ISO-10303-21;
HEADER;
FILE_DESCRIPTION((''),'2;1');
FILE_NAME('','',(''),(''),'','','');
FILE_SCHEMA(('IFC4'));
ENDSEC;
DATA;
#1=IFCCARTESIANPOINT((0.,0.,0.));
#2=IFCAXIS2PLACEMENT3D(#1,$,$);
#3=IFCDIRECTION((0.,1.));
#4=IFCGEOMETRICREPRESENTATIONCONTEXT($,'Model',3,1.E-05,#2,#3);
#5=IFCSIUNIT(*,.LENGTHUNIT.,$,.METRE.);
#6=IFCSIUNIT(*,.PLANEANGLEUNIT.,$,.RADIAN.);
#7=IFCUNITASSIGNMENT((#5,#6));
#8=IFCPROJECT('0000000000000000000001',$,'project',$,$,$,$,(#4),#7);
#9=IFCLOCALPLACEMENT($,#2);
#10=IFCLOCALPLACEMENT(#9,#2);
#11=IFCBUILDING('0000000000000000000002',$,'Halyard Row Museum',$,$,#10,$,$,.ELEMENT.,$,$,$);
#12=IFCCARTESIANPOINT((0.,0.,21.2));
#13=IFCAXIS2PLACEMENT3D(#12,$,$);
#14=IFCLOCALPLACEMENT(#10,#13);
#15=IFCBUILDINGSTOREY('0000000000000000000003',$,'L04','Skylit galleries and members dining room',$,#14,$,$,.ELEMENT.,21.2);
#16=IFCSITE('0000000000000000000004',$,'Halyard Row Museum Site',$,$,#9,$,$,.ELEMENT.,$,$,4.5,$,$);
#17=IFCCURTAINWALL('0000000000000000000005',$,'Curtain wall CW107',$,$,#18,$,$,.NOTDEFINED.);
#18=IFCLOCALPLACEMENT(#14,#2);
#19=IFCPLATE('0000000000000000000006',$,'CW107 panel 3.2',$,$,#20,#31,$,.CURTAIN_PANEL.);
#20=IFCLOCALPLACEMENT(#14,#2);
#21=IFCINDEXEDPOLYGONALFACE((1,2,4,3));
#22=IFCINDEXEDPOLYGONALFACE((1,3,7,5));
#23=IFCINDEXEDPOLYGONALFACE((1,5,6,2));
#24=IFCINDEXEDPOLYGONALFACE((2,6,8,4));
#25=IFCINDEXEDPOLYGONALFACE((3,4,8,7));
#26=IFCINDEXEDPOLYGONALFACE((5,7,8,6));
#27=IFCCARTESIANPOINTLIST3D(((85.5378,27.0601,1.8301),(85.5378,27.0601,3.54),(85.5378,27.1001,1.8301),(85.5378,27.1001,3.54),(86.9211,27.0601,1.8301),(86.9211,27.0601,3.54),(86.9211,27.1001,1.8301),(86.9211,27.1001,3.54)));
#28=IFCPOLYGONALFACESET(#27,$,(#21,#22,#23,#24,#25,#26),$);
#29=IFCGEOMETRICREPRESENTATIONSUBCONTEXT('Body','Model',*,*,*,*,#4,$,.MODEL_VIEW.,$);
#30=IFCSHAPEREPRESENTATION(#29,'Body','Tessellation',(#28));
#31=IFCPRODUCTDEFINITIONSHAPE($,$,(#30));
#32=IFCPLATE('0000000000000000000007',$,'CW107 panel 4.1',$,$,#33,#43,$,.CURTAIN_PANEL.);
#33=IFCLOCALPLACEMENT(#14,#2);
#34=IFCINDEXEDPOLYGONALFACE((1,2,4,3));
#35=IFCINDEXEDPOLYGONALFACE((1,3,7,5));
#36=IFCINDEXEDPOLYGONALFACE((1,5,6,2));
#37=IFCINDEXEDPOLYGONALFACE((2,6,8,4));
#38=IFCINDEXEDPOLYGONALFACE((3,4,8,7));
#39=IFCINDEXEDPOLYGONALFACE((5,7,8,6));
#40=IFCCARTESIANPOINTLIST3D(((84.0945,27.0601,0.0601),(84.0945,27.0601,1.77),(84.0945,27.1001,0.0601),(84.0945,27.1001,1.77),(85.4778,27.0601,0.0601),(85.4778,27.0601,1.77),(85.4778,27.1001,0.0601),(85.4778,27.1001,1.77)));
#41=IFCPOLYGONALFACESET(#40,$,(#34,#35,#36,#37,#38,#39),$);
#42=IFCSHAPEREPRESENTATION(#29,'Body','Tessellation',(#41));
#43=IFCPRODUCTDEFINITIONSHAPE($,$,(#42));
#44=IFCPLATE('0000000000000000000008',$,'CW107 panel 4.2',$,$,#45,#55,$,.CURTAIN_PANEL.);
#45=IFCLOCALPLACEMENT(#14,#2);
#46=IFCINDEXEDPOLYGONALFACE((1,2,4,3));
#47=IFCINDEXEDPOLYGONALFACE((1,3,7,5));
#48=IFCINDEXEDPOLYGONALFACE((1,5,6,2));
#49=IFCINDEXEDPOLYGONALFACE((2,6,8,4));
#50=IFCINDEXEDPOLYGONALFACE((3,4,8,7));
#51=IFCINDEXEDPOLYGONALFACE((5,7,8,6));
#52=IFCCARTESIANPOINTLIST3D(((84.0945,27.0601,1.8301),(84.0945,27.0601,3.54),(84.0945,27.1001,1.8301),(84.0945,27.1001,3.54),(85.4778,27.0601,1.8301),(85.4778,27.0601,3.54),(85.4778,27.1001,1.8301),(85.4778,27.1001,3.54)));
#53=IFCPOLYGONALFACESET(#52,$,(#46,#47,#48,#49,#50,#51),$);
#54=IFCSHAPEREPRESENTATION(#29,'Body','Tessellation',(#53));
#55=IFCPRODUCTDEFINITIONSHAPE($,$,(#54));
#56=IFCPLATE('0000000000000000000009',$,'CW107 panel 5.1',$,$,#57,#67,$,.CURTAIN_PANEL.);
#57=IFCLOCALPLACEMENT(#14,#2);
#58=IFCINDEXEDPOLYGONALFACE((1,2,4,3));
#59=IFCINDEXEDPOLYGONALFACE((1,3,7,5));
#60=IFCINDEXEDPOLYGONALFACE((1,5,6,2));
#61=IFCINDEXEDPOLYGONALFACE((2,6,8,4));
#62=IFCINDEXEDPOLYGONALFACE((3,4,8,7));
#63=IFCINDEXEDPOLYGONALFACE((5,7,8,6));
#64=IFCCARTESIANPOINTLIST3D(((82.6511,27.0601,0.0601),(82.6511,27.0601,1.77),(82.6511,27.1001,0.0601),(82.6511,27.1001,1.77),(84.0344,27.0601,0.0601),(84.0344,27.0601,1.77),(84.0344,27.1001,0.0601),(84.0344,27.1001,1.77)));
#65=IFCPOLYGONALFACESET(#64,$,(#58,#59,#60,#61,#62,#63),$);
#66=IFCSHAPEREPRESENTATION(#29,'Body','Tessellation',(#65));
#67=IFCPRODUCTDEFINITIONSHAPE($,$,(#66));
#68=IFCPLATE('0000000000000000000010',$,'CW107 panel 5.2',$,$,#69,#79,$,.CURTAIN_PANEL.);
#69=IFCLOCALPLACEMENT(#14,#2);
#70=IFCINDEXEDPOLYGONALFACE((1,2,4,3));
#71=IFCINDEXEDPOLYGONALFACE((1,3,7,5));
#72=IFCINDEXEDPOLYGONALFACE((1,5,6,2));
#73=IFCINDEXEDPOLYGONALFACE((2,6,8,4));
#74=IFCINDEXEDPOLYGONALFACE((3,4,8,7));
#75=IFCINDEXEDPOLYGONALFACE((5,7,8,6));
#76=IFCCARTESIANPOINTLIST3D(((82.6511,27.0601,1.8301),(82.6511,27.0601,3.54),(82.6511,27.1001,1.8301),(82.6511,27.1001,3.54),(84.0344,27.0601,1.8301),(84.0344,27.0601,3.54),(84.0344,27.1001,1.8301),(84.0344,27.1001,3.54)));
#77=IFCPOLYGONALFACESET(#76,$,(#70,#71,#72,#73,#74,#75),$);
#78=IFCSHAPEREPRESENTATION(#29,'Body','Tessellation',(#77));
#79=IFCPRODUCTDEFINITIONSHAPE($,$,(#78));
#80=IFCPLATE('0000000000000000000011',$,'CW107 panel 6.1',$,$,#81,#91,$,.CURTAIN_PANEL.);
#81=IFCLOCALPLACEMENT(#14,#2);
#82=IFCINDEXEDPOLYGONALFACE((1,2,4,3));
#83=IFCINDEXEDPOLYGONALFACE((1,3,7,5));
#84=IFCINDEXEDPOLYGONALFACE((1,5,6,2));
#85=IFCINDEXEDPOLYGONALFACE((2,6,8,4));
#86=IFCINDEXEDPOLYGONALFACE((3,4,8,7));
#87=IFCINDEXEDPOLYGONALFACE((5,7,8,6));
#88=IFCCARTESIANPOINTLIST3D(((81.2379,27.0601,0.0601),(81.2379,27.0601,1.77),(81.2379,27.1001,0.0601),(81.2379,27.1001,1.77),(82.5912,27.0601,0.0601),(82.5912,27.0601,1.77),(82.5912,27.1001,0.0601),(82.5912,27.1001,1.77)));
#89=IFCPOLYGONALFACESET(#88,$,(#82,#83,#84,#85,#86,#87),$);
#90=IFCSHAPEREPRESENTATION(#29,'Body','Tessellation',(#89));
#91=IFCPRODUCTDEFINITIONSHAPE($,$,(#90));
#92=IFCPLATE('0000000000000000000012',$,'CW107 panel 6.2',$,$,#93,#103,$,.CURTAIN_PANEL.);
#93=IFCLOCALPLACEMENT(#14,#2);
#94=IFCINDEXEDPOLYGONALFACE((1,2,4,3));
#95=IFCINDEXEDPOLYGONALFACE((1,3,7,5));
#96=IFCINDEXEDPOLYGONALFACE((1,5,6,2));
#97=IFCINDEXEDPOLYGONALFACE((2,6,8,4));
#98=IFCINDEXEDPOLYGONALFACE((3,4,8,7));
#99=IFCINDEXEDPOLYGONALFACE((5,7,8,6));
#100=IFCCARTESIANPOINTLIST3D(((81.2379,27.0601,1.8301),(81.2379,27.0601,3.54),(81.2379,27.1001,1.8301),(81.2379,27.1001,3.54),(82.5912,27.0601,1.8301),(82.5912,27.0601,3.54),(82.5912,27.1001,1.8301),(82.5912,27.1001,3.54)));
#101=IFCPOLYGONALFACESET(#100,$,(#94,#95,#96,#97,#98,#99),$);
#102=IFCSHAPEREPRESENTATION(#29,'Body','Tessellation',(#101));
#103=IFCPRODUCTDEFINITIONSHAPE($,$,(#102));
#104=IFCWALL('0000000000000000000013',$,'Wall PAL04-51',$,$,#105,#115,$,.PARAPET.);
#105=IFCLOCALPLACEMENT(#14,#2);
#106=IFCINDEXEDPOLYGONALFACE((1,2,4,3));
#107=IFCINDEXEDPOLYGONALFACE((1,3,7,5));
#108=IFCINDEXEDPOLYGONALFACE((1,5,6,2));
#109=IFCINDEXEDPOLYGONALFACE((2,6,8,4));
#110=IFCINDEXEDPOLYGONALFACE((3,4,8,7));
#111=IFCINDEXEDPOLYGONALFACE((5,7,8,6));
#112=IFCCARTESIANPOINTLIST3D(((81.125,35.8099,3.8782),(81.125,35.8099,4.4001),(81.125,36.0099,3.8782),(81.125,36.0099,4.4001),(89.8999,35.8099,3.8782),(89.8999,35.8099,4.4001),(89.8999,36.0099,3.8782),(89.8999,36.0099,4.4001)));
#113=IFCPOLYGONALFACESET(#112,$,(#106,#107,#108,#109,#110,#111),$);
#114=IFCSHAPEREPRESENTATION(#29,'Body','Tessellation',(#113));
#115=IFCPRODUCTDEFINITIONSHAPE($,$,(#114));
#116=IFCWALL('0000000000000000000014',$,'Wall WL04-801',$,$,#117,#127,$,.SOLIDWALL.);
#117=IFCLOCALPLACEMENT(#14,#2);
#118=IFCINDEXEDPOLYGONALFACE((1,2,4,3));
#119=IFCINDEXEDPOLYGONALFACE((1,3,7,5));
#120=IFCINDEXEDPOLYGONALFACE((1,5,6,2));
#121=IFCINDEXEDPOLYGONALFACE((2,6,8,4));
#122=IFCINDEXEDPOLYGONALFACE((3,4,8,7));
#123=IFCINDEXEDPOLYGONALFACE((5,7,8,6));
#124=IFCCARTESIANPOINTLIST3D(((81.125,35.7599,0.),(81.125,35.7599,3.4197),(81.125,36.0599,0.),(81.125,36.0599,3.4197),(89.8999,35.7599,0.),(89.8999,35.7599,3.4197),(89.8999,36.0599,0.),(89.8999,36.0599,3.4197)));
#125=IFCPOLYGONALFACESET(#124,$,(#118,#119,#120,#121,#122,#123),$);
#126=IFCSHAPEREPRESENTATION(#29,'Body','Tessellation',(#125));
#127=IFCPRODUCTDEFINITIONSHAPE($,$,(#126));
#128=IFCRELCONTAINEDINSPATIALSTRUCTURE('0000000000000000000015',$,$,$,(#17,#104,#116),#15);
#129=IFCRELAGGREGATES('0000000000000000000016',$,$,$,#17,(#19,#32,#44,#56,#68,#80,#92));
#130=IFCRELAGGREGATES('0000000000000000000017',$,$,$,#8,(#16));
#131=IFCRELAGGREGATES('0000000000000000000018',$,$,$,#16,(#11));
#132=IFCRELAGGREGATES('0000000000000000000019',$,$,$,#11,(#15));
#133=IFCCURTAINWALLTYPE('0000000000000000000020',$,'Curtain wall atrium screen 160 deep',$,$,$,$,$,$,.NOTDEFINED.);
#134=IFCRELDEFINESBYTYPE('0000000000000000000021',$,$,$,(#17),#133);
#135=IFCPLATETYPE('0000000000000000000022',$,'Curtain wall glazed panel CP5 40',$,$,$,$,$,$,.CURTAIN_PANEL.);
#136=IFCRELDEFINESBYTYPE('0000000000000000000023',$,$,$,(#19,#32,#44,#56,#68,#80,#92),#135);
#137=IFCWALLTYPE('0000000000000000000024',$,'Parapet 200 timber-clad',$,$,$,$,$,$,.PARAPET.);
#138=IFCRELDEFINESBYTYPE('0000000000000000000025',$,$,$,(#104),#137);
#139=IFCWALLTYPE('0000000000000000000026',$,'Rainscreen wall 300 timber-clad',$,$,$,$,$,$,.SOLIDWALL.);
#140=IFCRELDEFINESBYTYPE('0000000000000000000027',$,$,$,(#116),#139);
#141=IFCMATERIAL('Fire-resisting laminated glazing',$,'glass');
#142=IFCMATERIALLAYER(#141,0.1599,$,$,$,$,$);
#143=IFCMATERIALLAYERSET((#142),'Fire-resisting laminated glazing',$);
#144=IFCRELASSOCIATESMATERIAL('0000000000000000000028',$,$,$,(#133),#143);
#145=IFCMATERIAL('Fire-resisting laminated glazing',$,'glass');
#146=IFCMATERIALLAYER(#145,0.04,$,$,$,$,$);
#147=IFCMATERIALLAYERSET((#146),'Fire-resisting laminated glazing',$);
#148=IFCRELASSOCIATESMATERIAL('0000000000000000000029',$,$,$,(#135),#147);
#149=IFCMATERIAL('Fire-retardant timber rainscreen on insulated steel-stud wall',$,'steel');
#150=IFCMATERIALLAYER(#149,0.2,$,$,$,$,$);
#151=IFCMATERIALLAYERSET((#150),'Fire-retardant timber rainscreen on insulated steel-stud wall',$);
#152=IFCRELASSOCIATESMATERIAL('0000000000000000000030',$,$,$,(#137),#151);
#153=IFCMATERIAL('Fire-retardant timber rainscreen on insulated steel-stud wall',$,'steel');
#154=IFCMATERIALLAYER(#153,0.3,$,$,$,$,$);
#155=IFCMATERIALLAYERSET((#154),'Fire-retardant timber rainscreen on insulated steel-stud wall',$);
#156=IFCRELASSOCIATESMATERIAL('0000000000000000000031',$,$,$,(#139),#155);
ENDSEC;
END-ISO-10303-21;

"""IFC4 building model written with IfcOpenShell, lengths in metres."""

from ifc_helpers import new_model, si_unit, direction, frame, frame_2d, origin, origin_2d, place, context, subcontext, project, spatial, rectangle, extrude, material, layer, layer_set, type_object, element, aggregate, save


model = new_model("IFC4")

# Units and contexts
model_context = context("Model", 3, precision=1e-05, world=origin(), true_north=direction((0.0, 1.0)))
body_context = subcontext(model_context, "Body", "Model", "MODEL_VIEW")
ifc_project = project(units=[si_unit("LENGTHUNIT", "METRE"), si_unit("PLANEANGLEUNIT", "RADIAN")], contexts=[model_context])

# Site, building, storey
site_placement = place(None, origin())
site = spatial("IfcSite", under=ifc_project, at=site_placement, Name="Halyard Row Museum Site", CompositionType="ELEMENT", RefElevation=4.5)
building_placement = place(site_placement, origin())
building = spatial("IfcBuilding", under=site, at=building_placement, Name="Halyard Row Museum", CompositionType="ELEMENT")
storey_placement = place(building_placement, frame((0.0, 0.0, 21.2)))
storey = spatial("IfcBuildingStorey", under=building, at=storey_placement, Name="L04", Description="Skylit galleries and members dining room", CompositionType="ELEMENT", Elevation=21.2)

# Curtain wall
ifc_material_1 = material(Name="Fire-resisting laminated glazing", Category="glass")
ifc_layer_1 = layer(ifc_material_1, 0.1599)
ifc_layer_set_1 = layer_set([ifc_layer_1], Name="Fire-resisting laminated glazing")
curtain_wall_type = type_object("IfcCurtainWallType", Name="Curtain wall atrium screen 160 deep", PredefinedType="NOTDEFINED", material=ifc_layer_set_1)
curtain_wall_placement = place(storey_placement, origin())
curtain_wall = element("IfcCurtainWall", 1, at=curtain_wall_placement, inside=storey, type_object=curtain_wall_type, Name="Curtain wall CW107", PredefinedType="NOTDEFINED")

# Plates
ifc_material_2 = material(Name="Fire-resisting laminated glazing", Category="glass")
ifc_layer_2 = layer(ifc_material_2, 0.04)
ifc_layer_set_2 = layer_set([ifc_layer_2], Name="Fire-resisting laminated glazing")
plate_type = type_object("IfcPlateType", Name="Curtain wall glazed panel CP5 40", PredefinedType="CURTAIN_PANEL", material=ifc_layer_set_2)
plate_1_placement = place(storey_placement, frame((86.2295, 27.0801, 1.8301), z_axis=(0.0, 0.0, 1.0), x_axis=(-1.0, 0.0, 0.0)))
plate_1 = element("IfcPlate", 2, at=plate_1_placement, type_object=plate_type, Name="CW107 panel 3.2", PredefinedType="CURTAIN_PANEL", context=body_context, shape_type="SweptSolid", body=[
    extrude(rectangle(XDim=1.3833, YDim=0.04, at=origin_2d()), origin(), (0.0, 0.0, 1.0), 1.71),
])
plate_2_placement = place(storey_placement, frame((84.7861, 27.0801, 0.0601), z_axis=(0.0, 0.0, 1.0), x_axis=(-1.0, 0.0, 0.0)))
plate_2 = element("IfcPlate", 3, at=plate_2_placement, type_object=plate_type, Name="CW107 panel 4.1", PredefinedType="CURTAIN_PANEL", context=body_context, shape_type="SweptSolid", body=[
    extrude(rectangle(XDim=1.3833, YDim=0.04, at=origin_2d()), origin(), (0.0, 0.0, 1.0), 1.71),
])
plate_3_placement = place(storey_placement, frame((84.7861, 27.0801, 1.8301), z_axis=(0.0, 0.0, 1.0), x_axis=(-1.0, 0.0, 0.0)))
plate_3 = element("IfcPlate", 4, at=plate_3_placement, type_object=plate_type, Name="CW107 panel 4.2", PredefinedType="CURTAIN_PANEL", context=body_context, shape_type="SweptSolid", body=[
    extrude(rectangle(XDim=1.3833, YDim=0.04, at=origin_2d()), origin(), (0.0, 0.0, 1.0), 1.71),
])
plate_4_placement = place(storey_placement, frame((83.3428, 27.0801, 0.0601), z_axis=(0.0, 0.0, 1.0), x_axis=(-1.0, 0.0, 0.0)))
plate_4 = element("IfcPlate", 5, at=plate_4_placement, type_object=plate_type, Name="CW107 panel 5.1", PredefinedType="CURTAIN_PANEL", context=body_context, shape_type="SweptSolid", body=[
    extrude(rectangle(XDim=1.3833, YDim=0.04, at=origin_2d()), origin(), (0.0, 0.0, 1.0), 1.71),
])
plate_5_placement = place(storey_placement, frame((83.3428, 27.0801, 1.8301), z_axis=(0.0, 0.0, 1.0), x_axis=(-1.0, 0.0, 0.0)))
plate_5 = element("IfcPlate", 6, at=plate_5_placement, type_object=plate_type, Name="CW107 panel 5.2", PredefinedType="CURTAIN_PANEL", context=body_context, shape_type="SweptSolid", body=[
    extrude(rectangle(XDim=1.3833, YDim=0.04, at=origin_2d()), origin(), (0.0, 0.0, 1.0), 1.71),
])
plate_6_placement = place(storey_placement, frame((81.9146, 27.0801, 0.0601), z_axis=(0.0, 0.0, 1.0), x_axis=(-1.0, 0.0, 0.0)))
plate_6 = element("IfcPlate", 7, at=plate_6_placement, type_object=plate_type, Name="CW107 panel 6.1", PredefinedType="CURTAIN_PANEL", context=body_context, shape_type="SweptSolid", body=[
    extrude(rectangle(XDim=1.3533, YDim=0.04, at=origin_2d()), origin(), (0.0, 0.0, 1.0), 1.71),
])
plate_7_placement = place(storey_placement, frame((81.9146, 27.0801, 1.8301), z_axis=(0.0, 0.0, 1.0), x_axis=(-1.0, 0.0, 0.0)))
plate_7 = element("IfcPlate", 8, at=plate_7_placement, type_object=plate_type, Name="CW107 panel 6.2", PredefinedType="CURTAIN_PANEL", context=body_context, shape_type="SweptSolid", body=[
    extrude(rectangle(XDim=1.3533, YDim=0.04, at=origin_2d()), origin(), (0.0, 0.0, 1.0), 1.71),
])
aggregate(curtain_wall, [plate_1, plate_2, plate_3, plate_4, plate_5, plate_6, plate_7])

# Walls
ifc_material_3 = material(Name="Fire-retardant timber rainscreen on insulated steel-stud wall", Category="steel")
ifc_layer_3 = layer(ifc_material_3, 0.2)
ifc_layer_set_3 = layer_set([ifc_layer_3], Name="Fire-retardant timber rainscreen on insulated steel-stud wall")
wall_type_1 = type_object("IfcWallType", Name="Parapet 200 timber-clad", PredefinedType="PARAPET", material=ifc_layer_set_3)
wall_1_placement = place(storey_placement, frame((81.125, 35.9099, 3.8782), z_axis=(0.0, 0.0, 1.0), x_axis=(1.0, 0.0, 0.0)))
element("IfcWall", 9, at=wall_1_placement, inside=storey, type_object=wall_type_1, Name="Wall PAL04-51", PredefinedType="PARAPET", context=body_context, shape_type="SweptSolid", body=[
    extrude(rectangle(XDim=8.7749, YDim=0.2, at=frame_2d((4.3875, 0.0))), origin(), (0.0, 0.0, 1.0), 0.522),
])
ifc_material_4 = material(Name="Fire-retardant timber rainscreen on insulated steel-stud wall", Category="steel")
ifc_layer_4 = layer(ifc_material_4, 0.3)
ifc_layer_set_4 = layer_set([ifc_layer_4], Name="Fire-retardant timber rainscreen on insulated steel-stud wall")
wall_type_2 = type_object("IfcWallType", Name="Rainscreen wall 300 timber-clad", PredefinedType="SOLIDWALL", material=ifc_layer_set_4)
wall_2_placement = place(storey_placement, frame((81.125, 35.9099, 0.0), z_axis=(0.0, 0.0, 1.0), x_axis=(1.0, 0.0, 0.0)))
element("IfcWall", 10, at=wall_2_placement, inside=storey, type_object=wall_type_2, Name="Wall WL04-801", PredefinedType="SOLIDWALL", context=body_context, shape_type="SweptSolid", body=[
    extrude(rectangle(XDim=8.7749, YDim=0.3, at=frame_2d((4.3875, 0.0))), origin(), (0.0, 0.0, 1.0), 3.4197),
])

save(model, "model.ifc")
